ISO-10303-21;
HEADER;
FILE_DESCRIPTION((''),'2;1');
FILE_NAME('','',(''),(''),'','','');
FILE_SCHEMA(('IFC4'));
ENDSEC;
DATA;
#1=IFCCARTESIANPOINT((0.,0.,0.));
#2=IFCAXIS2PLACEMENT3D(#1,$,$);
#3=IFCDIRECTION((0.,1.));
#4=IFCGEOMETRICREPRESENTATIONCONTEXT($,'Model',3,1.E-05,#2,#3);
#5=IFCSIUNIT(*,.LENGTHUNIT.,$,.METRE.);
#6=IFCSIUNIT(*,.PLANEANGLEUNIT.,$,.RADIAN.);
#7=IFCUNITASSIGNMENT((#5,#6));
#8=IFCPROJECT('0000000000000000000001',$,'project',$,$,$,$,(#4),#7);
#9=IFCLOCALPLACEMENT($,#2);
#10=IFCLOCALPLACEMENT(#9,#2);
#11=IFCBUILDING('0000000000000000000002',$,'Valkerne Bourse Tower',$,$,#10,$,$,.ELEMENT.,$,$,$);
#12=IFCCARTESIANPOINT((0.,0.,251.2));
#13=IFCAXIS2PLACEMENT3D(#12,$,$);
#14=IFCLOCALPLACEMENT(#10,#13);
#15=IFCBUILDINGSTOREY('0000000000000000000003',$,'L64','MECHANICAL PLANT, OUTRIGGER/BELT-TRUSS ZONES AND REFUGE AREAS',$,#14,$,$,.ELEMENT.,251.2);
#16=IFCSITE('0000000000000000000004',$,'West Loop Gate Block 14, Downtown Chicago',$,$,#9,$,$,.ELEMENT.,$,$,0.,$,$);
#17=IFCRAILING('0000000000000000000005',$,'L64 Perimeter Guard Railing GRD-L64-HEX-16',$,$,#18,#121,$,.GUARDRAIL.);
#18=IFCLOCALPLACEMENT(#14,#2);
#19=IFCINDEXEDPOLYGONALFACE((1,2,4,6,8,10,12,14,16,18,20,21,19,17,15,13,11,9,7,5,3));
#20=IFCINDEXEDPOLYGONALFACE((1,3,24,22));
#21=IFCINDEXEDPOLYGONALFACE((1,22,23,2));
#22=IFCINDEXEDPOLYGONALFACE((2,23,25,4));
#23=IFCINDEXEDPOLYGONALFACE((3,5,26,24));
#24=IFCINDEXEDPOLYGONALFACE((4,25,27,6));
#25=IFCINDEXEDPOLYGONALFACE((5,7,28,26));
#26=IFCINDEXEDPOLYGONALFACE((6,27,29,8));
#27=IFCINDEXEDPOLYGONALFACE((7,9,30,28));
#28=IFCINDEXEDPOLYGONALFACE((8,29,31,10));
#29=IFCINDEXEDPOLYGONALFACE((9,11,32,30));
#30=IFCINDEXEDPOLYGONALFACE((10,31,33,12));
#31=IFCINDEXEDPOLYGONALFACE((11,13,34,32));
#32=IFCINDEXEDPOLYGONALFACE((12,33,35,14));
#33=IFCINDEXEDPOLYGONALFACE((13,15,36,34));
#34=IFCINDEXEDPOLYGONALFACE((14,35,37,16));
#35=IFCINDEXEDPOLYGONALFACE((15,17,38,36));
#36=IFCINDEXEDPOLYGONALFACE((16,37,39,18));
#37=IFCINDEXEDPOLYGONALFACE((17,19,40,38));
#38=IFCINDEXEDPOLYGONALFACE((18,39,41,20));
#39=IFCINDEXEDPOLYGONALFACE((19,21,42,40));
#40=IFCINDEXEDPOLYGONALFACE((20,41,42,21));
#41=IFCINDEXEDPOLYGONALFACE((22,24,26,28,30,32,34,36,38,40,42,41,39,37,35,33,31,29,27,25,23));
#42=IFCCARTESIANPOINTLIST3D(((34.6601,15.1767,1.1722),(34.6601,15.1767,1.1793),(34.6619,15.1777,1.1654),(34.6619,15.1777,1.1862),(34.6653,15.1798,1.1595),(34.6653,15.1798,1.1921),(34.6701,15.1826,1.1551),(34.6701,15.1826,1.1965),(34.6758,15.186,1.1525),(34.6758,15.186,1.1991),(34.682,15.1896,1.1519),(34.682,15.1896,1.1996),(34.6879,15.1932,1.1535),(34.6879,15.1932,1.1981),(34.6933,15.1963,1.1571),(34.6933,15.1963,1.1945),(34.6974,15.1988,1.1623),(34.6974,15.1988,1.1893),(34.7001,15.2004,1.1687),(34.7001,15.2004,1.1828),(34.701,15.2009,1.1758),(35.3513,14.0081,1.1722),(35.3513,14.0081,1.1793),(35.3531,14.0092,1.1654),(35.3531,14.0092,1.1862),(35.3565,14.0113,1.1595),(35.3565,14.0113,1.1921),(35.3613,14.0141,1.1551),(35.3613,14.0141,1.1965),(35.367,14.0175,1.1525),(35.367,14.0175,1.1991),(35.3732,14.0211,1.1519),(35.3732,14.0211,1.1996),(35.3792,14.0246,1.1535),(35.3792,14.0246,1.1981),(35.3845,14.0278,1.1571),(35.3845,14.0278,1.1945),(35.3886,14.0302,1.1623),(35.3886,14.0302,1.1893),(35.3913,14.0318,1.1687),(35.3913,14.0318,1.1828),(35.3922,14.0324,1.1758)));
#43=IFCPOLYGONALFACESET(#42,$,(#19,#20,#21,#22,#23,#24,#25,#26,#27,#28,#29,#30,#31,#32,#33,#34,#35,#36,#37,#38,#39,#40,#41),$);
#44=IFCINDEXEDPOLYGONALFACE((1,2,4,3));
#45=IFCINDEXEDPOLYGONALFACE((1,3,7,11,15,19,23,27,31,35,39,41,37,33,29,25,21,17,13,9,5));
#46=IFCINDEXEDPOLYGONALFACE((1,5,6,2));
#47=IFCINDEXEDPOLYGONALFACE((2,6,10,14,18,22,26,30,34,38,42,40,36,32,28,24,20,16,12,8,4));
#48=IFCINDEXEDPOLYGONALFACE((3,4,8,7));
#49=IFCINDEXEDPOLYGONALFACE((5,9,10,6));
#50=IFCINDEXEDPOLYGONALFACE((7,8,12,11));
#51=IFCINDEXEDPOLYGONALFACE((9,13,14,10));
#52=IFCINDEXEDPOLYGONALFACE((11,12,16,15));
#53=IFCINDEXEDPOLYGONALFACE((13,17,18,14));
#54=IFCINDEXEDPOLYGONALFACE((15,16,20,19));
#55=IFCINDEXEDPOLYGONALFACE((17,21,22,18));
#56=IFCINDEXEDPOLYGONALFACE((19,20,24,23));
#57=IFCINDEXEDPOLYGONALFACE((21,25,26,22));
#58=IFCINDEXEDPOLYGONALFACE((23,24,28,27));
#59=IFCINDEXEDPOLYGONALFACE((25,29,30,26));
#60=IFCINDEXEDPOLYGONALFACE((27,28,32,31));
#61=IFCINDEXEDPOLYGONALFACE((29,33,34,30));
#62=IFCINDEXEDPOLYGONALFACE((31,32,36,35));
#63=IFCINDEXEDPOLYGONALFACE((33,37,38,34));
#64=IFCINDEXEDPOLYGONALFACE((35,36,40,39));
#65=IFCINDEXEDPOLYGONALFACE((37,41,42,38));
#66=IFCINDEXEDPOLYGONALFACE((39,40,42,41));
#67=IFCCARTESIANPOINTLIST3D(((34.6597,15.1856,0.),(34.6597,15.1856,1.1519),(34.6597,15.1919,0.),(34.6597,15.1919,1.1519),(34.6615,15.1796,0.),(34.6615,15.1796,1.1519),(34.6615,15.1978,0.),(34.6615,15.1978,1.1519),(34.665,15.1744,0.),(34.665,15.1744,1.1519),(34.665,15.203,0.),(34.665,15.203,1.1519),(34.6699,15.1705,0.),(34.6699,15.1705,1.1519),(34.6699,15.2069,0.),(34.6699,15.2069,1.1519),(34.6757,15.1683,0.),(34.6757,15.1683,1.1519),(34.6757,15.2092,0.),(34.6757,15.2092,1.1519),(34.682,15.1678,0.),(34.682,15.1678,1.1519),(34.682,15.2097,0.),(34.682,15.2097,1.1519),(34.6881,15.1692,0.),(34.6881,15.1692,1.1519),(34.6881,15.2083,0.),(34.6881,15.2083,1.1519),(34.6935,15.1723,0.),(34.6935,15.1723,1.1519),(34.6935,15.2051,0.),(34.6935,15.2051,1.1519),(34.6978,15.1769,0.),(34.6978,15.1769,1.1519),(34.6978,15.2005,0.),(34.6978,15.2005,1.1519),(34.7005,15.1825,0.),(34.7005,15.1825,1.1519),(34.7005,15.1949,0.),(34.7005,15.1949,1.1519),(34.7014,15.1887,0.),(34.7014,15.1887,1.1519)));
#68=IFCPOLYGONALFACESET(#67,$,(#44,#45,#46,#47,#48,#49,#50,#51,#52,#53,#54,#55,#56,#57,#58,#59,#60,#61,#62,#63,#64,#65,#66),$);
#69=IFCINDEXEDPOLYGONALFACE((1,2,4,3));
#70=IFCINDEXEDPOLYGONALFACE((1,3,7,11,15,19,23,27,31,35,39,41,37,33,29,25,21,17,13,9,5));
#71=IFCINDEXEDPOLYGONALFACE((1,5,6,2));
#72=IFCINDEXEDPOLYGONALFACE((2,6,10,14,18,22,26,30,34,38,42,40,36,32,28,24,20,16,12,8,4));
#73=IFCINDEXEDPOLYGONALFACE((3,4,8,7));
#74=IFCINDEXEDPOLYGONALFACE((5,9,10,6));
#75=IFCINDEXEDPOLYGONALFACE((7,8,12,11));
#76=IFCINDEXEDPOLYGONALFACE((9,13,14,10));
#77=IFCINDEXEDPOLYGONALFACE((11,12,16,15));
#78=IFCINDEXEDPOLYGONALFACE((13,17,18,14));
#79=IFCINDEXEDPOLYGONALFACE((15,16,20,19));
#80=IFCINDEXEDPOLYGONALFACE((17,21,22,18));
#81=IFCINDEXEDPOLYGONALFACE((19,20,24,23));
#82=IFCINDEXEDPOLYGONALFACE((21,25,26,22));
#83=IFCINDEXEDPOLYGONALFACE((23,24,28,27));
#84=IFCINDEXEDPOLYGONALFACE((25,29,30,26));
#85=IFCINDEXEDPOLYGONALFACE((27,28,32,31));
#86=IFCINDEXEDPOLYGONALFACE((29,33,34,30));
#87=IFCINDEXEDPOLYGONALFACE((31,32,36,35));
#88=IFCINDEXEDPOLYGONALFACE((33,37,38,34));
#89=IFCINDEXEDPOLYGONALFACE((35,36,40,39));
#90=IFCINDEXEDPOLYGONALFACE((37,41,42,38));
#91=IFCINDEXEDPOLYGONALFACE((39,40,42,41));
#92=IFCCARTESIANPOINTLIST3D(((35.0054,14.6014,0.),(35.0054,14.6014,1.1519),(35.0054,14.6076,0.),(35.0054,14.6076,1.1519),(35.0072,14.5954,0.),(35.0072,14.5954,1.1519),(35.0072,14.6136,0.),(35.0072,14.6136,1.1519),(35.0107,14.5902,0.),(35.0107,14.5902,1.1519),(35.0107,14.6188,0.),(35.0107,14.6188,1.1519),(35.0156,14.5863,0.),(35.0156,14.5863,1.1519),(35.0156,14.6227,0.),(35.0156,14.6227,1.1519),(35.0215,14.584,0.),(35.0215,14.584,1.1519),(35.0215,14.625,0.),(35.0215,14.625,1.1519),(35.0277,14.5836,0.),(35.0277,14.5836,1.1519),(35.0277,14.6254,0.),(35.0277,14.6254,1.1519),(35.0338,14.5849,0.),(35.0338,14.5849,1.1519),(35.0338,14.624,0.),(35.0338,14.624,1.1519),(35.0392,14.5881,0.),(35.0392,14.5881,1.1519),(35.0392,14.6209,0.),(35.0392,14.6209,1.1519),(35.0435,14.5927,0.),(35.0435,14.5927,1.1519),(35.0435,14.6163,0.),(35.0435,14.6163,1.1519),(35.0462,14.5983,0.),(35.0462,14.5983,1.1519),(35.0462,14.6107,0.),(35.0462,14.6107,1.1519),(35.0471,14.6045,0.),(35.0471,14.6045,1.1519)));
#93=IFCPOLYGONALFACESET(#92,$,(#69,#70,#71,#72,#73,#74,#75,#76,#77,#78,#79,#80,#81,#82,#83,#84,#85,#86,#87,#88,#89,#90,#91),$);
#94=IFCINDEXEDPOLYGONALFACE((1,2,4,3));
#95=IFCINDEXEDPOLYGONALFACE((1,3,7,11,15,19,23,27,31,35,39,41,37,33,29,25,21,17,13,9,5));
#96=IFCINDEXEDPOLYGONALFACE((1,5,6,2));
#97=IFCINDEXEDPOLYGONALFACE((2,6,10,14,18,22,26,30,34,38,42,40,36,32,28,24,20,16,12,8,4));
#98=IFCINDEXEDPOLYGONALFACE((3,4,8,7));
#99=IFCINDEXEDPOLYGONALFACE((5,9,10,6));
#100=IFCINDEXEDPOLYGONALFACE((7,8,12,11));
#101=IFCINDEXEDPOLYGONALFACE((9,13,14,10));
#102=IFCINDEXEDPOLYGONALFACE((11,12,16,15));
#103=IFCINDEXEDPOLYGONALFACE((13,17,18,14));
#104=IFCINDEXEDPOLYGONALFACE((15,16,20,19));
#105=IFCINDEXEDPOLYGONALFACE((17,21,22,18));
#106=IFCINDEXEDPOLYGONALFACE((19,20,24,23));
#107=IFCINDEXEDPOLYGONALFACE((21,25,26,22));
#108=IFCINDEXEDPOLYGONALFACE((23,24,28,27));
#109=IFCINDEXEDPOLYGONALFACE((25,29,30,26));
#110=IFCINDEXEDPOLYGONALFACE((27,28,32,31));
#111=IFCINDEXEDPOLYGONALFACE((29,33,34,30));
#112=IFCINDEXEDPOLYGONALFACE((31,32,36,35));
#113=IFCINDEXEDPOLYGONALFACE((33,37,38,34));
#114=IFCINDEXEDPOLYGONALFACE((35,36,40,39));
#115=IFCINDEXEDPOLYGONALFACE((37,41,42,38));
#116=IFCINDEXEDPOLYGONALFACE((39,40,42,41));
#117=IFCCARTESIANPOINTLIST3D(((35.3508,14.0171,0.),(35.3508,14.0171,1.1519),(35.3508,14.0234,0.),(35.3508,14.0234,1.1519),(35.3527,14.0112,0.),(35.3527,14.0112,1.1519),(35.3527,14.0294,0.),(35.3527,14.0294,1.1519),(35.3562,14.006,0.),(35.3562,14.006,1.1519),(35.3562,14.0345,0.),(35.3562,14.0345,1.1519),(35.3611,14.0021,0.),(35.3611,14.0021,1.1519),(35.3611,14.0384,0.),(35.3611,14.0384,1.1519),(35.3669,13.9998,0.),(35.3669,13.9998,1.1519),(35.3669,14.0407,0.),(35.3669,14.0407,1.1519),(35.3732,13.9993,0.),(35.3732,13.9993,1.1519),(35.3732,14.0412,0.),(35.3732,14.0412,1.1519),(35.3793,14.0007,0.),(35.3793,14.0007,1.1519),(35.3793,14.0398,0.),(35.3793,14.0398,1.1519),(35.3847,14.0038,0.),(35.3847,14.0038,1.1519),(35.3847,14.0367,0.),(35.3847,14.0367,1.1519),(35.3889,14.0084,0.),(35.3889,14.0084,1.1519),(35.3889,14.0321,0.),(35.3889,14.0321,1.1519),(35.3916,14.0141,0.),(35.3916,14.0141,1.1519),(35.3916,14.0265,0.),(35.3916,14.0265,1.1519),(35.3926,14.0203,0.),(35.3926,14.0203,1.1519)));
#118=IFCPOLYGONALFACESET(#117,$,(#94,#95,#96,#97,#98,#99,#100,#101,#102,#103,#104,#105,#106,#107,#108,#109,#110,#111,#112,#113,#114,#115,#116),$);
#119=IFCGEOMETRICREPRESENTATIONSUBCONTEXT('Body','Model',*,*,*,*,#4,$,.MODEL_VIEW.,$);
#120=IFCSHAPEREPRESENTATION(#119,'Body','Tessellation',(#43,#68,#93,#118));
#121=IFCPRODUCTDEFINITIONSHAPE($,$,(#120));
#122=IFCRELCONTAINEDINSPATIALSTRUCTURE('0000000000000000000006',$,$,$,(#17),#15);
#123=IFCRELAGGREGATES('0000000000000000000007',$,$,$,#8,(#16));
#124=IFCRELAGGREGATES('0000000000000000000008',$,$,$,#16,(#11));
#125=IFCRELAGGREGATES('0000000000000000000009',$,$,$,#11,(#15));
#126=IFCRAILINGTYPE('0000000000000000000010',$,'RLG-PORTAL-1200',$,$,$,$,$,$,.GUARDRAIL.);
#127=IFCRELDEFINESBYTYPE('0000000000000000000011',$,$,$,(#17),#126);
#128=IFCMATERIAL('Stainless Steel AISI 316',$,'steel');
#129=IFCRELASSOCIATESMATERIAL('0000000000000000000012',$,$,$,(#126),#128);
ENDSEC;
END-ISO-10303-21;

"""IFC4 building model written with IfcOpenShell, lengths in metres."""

from ifc_helpers import new_model, si_unit, direction, frame, origin, origin_2d, place, context, subcontext, project, spatial, circle, extrude, material, type_object, element, save


model = new_model("IFC4")

# Units and contexts
model_context = context("Model", 3, precision=1e-05, world=origin(), true_north=direction((0.0, 1.0)))
body_context = subcontext(model_context, "Body", "Model", "MODEL_VIEW")
ifc_project = project(units=[si_unit("LENGTHUNIT", "METRE"), si_unit("PLANEANGLEUNIT", "RADIAN")], contexts=[model_context])

# Site, building, storey
site_placement = place(None, origin())
site = spatial("IfcSite", under=ifc_project, at=site_placement, Name="West Loop Gate Block 14, Downtown Chicago", CompositionType="ELEMENT", RefElevation=0.0)
building_placement = place(site_placement, origin())
building = spatial("IfcBuilding", under=site, at=building_placement, Name="Valkerne Bourse Tower", CompositionType="ELEMENT")
storey_placement = place(building_placement, frame((0.0, 0.0, 251.2)))
storey = spatial("IfcBuildingStorey", under=building, at=storey_placement, Name="L64", Description="MECHANICAL PLANT, OUTRIGGER/BELT-TRUSS ZONES AND REFUGE AREAS", CompositionType="ELEMENT", Elevation=251.2)

# Railing
ifc_material_1 = material(Name="Stainless Steel AISI 316", Category="steel")
railing_type_1 = type_object("IfcRailingType", Name="RLG-PORTAL-1200", PredefinedType="GUARDRAIL", material=ifc_material_1)
railing_1_placement = place(storey_placement, frame((34.6804, 15.1887, 0.0)))
element("IfcRailing", 1, at=railing_1_placement, inside=storey, type_object=railing_type_1, Name="L64 Perimeter Guard Railing GRD-L64-HEX-16", PredefinedType="GUARDRAIL", context=body_context, shape_type="SweptSolid", body=[
    extrude(circle(Radius=0.0239, at=origin_2d()), frame((0.0, 0.0, 1.1758), z_axis=(0.509117, -0.860697, 0.0), x_axis=(0.860697, 0.509117, 0.0)), (0.0, 0.0, 1.0), 1.3577),
    extrude(circle(Radius=0.021, at=origin_2d()), origin(), (0.0, 0.0, 1.0), 1.1519),
    extrude(circle(Radius=0.021, at=origin_2d()), frame((0.3457, -0.5842, 0.0)), (0.0, 0.0, 1.0), 1.1519),
    extrude(circle(Radius=0.021, at=origin_2d()), frame((0.6912, -1.1685, 0.0)), (0.0, 0.0, 1.0), 1.1519),
])

save(model, "model.ifc")
